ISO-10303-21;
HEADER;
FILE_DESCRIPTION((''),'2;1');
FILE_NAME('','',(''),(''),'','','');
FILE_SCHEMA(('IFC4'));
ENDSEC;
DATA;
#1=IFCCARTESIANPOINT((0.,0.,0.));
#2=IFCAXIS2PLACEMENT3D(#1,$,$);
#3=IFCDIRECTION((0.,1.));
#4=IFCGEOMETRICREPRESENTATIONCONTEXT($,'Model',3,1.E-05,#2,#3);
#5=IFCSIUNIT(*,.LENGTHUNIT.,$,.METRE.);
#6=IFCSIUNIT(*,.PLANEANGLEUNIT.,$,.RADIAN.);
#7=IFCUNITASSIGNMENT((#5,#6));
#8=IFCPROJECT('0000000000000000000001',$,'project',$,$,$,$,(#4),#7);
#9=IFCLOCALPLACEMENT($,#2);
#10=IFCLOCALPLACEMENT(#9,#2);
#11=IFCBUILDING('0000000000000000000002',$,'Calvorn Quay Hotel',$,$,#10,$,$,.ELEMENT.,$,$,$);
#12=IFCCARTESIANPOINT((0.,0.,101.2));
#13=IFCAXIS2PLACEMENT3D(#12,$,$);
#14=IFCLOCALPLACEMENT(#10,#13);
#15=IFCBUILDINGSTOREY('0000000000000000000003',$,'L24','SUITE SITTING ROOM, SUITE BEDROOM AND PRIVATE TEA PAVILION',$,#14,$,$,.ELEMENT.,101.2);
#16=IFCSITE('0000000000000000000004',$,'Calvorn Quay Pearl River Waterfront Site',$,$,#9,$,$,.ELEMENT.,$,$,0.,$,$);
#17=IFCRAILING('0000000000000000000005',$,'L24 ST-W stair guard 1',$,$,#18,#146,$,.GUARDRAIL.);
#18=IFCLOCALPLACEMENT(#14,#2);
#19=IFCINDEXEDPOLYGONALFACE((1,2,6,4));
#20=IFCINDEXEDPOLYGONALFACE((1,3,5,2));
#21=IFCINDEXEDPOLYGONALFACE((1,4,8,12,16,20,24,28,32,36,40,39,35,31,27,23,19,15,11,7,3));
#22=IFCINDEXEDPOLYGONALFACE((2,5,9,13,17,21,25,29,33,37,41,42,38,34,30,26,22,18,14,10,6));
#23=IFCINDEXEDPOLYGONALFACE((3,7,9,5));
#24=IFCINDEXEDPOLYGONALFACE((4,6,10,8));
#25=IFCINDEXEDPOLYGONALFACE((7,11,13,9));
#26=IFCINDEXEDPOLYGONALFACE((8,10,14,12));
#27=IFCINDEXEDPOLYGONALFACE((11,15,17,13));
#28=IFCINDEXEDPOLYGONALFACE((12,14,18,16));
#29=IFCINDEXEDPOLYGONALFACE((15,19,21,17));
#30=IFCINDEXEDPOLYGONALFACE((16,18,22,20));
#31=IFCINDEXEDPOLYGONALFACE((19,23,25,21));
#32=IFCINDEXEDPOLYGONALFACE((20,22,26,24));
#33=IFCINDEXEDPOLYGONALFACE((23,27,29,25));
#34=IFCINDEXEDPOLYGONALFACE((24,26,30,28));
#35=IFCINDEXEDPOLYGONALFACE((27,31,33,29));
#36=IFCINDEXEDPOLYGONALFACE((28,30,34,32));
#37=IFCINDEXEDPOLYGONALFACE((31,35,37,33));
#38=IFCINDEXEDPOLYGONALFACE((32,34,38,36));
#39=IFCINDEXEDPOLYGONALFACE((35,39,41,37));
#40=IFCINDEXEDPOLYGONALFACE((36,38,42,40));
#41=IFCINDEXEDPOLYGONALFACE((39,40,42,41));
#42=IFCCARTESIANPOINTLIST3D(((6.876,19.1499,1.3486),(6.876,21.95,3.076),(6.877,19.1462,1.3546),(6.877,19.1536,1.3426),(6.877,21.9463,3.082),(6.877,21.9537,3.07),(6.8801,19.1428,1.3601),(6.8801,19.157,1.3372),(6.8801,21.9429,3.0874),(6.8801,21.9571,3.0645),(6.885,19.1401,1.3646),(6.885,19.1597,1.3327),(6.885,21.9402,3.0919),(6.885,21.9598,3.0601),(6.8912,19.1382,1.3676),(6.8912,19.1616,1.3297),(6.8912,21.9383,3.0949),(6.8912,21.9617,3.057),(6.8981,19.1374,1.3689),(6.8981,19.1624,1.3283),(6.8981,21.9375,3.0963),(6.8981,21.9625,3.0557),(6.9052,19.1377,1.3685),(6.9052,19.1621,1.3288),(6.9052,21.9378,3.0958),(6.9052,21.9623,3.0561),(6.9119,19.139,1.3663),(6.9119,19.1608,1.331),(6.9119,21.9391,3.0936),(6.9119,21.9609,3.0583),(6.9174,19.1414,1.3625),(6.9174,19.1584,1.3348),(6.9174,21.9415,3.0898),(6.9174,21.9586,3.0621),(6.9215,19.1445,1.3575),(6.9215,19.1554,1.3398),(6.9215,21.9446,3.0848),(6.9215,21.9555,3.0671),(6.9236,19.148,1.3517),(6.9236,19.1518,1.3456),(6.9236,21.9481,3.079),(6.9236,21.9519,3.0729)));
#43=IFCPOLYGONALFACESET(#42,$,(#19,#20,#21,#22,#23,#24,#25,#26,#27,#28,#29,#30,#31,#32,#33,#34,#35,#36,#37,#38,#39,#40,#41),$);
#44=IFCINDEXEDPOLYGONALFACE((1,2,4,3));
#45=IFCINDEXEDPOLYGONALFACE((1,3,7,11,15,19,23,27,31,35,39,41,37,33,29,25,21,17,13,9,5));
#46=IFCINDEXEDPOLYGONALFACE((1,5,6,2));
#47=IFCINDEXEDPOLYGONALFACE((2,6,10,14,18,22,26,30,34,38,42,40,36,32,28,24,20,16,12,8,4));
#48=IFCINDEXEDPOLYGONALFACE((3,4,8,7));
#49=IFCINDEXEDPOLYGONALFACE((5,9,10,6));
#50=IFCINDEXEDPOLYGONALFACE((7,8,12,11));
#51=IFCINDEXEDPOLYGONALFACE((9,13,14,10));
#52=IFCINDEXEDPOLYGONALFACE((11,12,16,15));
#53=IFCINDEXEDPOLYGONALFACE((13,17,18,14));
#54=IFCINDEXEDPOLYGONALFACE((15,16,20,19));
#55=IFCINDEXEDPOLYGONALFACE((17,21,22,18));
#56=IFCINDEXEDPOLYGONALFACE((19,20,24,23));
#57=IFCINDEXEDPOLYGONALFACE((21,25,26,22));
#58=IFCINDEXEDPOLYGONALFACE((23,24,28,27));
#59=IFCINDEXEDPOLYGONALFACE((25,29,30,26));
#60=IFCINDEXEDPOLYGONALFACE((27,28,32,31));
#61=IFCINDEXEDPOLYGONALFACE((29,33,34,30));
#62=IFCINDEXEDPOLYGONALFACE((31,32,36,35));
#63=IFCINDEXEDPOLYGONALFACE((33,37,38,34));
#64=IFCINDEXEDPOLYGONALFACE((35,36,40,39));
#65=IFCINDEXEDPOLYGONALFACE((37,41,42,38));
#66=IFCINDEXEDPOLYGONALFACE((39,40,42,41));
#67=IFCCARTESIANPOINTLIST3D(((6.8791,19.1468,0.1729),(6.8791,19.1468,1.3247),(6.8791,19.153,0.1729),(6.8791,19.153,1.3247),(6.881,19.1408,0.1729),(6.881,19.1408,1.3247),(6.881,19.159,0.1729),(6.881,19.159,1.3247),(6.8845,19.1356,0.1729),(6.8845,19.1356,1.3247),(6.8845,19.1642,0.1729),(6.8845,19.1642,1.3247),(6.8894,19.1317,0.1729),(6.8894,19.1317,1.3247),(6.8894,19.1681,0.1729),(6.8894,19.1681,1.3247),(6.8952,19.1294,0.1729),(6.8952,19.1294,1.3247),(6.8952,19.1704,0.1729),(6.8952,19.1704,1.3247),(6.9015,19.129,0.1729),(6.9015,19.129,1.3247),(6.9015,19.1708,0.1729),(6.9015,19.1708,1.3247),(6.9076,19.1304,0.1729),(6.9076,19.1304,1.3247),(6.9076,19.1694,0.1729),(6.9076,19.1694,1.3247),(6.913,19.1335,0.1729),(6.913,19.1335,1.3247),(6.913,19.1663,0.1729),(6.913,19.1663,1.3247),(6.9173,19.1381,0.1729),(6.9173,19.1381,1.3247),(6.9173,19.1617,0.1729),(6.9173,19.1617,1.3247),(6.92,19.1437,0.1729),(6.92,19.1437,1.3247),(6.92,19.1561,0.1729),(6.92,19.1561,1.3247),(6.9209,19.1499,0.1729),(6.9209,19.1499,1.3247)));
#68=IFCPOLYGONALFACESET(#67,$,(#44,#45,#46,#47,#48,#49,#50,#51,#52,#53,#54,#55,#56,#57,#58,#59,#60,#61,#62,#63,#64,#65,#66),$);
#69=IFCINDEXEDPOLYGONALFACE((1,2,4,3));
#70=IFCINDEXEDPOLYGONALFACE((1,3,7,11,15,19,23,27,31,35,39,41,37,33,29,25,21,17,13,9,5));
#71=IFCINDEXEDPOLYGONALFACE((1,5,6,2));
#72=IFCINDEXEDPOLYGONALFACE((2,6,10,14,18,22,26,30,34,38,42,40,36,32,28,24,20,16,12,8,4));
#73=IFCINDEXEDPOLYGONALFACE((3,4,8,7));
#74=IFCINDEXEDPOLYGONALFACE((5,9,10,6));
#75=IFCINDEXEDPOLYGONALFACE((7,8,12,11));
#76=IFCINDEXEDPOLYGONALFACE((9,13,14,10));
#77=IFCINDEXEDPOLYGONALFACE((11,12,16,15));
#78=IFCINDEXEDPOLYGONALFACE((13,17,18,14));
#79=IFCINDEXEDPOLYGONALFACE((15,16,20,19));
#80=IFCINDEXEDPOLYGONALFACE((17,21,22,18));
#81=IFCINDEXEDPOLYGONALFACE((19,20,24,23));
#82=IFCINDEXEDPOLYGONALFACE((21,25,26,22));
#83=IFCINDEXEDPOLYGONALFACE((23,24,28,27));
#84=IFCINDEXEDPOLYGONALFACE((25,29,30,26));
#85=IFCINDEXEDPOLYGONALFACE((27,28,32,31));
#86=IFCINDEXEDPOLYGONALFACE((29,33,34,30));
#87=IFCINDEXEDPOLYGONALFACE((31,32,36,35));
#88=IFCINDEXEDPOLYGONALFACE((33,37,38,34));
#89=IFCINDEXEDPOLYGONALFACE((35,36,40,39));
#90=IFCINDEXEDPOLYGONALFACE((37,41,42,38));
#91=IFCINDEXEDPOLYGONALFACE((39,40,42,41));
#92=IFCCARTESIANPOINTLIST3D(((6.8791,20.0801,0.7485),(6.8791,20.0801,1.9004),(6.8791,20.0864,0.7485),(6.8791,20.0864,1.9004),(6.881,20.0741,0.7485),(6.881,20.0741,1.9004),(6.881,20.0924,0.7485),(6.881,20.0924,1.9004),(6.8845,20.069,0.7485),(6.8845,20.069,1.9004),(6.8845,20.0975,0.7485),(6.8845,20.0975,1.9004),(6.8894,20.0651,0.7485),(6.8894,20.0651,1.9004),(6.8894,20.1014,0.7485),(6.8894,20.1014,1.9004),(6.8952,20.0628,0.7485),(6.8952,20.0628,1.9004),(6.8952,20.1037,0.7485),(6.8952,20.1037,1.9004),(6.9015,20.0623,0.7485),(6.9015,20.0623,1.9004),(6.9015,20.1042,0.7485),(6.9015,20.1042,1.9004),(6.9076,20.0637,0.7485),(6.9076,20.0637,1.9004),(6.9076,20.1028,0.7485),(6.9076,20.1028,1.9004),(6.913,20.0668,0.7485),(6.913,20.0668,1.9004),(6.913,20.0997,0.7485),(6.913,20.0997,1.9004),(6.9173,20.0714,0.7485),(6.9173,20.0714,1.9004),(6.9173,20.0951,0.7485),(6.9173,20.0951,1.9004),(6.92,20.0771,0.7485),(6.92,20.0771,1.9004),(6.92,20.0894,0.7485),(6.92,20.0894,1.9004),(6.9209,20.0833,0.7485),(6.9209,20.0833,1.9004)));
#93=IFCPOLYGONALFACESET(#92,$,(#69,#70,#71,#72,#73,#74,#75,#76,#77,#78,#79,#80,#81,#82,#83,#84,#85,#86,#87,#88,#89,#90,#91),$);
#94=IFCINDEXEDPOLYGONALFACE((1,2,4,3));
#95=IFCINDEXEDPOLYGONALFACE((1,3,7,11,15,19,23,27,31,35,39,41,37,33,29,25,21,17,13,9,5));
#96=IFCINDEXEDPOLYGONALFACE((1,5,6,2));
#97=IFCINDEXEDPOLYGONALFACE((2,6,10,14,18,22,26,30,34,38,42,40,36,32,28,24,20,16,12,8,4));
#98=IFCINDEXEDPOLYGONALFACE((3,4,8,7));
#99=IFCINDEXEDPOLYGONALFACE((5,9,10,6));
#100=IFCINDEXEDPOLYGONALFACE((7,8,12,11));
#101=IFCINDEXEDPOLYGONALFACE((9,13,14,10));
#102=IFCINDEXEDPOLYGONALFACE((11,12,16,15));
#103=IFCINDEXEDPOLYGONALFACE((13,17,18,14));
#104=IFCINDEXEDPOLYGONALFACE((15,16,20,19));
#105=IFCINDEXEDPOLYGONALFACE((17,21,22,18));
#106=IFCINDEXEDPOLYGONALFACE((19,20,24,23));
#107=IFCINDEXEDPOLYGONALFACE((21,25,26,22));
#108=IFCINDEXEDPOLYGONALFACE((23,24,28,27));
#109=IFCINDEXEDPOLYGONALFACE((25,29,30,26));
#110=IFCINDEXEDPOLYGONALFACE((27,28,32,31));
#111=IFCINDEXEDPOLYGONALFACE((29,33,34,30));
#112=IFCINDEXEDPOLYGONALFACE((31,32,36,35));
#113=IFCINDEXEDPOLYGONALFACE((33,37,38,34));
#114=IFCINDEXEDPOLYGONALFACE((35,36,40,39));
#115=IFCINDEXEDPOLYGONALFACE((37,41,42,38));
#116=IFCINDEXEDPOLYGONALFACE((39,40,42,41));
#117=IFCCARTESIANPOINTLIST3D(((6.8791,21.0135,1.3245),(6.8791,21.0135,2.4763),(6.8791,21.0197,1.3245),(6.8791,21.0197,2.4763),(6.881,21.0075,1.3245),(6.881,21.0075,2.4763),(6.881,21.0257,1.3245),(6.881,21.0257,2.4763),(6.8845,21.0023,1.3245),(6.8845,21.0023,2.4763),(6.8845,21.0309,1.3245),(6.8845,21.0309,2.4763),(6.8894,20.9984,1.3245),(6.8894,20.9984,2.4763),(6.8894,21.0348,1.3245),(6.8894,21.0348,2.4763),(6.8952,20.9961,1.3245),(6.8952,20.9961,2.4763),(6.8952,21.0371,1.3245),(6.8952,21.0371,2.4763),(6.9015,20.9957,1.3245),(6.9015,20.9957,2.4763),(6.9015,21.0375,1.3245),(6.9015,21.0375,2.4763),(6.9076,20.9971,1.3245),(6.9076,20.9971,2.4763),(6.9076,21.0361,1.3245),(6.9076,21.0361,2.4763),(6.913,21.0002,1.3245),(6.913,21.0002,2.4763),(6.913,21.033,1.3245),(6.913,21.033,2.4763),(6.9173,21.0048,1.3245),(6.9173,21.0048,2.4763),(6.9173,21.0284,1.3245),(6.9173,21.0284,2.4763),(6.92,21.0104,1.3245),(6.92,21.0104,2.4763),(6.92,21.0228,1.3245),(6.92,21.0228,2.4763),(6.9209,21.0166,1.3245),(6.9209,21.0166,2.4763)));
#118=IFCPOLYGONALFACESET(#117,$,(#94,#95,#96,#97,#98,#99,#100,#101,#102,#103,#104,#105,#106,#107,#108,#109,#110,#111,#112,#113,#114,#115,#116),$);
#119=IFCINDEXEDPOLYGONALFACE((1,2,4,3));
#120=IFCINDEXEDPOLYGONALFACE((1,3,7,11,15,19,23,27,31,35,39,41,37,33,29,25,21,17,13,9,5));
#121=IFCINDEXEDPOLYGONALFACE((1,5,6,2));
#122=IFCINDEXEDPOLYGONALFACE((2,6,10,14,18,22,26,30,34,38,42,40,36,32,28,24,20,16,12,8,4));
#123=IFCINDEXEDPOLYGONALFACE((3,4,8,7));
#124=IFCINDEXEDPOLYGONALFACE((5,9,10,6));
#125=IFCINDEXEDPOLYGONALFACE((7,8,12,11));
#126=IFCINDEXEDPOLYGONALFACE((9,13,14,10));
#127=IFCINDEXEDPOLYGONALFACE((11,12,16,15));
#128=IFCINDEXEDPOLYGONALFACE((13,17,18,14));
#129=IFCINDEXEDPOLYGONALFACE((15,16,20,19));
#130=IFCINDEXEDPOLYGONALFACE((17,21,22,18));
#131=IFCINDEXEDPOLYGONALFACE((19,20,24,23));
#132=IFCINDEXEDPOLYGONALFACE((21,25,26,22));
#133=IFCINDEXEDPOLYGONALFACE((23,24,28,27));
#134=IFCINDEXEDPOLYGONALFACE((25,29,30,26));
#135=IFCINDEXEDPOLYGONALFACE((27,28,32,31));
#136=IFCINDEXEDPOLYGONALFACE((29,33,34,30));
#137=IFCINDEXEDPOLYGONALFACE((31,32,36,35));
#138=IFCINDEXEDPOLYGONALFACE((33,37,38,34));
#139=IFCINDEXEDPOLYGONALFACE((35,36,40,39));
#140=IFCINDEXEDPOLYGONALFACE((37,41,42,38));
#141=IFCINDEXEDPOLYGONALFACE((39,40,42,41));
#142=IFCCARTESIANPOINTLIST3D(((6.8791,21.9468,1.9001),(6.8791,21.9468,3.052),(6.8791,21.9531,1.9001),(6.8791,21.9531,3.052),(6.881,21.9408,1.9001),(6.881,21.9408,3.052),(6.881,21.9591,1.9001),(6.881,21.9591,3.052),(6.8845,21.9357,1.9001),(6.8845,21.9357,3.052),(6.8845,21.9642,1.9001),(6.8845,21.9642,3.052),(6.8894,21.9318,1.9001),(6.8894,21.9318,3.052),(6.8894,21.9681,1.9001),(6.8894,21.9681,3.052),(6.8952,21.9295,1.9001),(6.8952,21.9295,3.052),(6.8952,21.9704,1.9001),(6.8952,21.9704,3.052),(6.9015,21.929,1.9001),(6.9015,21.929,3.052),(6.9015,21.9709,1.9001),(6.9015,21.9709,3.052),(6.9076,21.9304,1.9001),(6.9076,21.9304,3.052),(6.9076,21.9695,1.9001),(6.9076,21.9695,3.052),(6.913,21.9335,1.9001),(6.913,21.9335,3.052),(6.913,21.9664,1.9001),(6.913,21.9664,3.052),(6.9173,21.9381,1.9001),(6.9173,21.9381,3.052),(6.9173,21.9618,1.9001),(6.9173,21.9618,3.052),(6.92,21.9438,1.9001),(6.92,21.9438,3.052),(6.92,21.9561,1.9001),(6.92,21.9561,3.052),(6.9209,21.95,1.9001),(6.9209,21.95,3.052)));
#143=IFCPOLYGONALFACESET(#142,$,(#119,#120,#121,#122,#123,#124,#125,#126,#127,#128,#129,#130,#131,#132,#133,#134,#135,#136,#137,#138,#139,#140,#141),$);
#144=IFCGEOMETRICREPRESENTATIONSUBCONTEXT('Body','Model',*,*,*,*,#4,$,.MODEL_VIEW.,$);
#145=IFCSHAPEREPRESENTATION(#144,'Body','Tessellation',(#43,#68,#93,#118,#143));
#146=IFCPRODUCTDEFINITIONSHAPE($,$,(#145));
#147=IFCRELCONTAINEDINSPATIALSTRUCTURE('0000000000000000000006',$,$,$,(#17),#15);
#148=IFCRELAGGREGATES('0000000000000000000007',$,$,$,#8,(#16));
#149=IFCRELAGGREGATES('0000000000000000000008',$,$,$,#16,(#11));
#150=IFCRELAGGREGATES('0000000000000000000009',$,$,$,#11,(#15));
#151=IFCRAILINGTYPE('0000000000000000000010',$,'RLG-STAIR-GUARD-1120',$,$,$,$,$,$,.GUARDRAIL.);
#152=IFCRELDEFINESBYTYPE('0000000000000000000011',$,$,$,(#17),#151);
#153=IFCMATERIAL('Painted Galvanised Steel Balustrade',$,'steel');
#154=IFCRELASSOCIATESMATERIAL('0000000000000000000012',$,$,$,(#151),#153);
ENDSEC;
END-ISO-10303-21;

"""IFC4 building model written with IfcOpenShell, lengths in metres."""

from ifc_helpers import new_model, si_unit, direction, frame, origin, origin_2d, place, context, subcontext, project, spatial, circle, extrude, material, type_object, element, save


model = new_model("IFC4")

# Units and contexts
model_context = context("Model", 3, precision=1e-05, world=origin(), true_north=direction((0.0, 1.0)))
body_context = subcontext(model_context, "Body", "Model", "MODEL_VIEW")
ifc_project = project(units=[si_unit("LENGTHUNIT", "METRE"), si_unit("PLANEANGLEUNIT", "RADIAN")], contexts=[model_context])

# Site, building, storey
site_placement = place(None, origin())
site = spatial("IfcSite", under=ifc_project, at=site_placement, Name="Calvorn Quay Pearl River Waterfront Site", CompositionType="ELEMENT", RefElevation=0.0)
building_placement = place(site_placement, origin())
building = spatial("IfcBuilding", under=site, at=building_placement, Name="Calvorn Quay Hotel", CompositionType="ELEMENT")
storey_placement = place(building_placement, frame((0.0, 0.0, 101.2)))
storey = spatial("IfcBuildingStorey", under=building, at=storey_placement, Name="L24", Description="SUITE SITTING ROOM, SUITE BEDROOM AND PRIVATE TEA PAVILION", CompositionType="ELEMENT", Elevation=101.2)

# Railing
ifc_material_1 = material(Name="Painted Galvanised Steel Balustrade", Category="steel")
railing_type_1 = type_object("IfcRailingType", Name="RLG-STAIR-GUARD-1120", PredefinedType="GUARDRAIL", material=ifc_material_1)
railing_1_placement = place(storey_placement, frame((6.8999, 19.1499, 0.1729)))
element("IfcRailing", 1, at=railing_1_placement, inside=storey, type_object=railing_type_1, Name="L24 ST-W stair guard 1", PredefinedType="GUARDRAIL", context=body_context, shape_type="SweptSolid", body=[
    extrude(circle(Radius=0.0239, at=origin_2d()), frame((0.0, 0.0, 1.1758), z_axis=(0.0, 0.85109, 0.52502), x_axis=(-1.0, 0.0, 0.0)), (0.0, 0.0, 1.0), 3.29),
    extrude(circle(Radius=0.021, at=origin_2d()), origin(), (0.0, 0.0, 1.0), 1.1519),
    extrude(circle(Radius=0.021, at=origin_2d()), frame((0.0, 0.9333, 0.5757)), (0.0, 0.0, 1.0), 1.1519),
    extrude(circle(Radius=0.021, at=origin_2d()), frame((0.0, 1.8667, 1.1516)), (0.0, 0.0, 1.0), 1.1519),
    extrude(circle(Radius=0.021, at=origin_2d()), frame((0.0, 2.8, 1.7273)), (0.0, 0.0, 1.0), 1.1519),
])

save(model, "model.ifc")
